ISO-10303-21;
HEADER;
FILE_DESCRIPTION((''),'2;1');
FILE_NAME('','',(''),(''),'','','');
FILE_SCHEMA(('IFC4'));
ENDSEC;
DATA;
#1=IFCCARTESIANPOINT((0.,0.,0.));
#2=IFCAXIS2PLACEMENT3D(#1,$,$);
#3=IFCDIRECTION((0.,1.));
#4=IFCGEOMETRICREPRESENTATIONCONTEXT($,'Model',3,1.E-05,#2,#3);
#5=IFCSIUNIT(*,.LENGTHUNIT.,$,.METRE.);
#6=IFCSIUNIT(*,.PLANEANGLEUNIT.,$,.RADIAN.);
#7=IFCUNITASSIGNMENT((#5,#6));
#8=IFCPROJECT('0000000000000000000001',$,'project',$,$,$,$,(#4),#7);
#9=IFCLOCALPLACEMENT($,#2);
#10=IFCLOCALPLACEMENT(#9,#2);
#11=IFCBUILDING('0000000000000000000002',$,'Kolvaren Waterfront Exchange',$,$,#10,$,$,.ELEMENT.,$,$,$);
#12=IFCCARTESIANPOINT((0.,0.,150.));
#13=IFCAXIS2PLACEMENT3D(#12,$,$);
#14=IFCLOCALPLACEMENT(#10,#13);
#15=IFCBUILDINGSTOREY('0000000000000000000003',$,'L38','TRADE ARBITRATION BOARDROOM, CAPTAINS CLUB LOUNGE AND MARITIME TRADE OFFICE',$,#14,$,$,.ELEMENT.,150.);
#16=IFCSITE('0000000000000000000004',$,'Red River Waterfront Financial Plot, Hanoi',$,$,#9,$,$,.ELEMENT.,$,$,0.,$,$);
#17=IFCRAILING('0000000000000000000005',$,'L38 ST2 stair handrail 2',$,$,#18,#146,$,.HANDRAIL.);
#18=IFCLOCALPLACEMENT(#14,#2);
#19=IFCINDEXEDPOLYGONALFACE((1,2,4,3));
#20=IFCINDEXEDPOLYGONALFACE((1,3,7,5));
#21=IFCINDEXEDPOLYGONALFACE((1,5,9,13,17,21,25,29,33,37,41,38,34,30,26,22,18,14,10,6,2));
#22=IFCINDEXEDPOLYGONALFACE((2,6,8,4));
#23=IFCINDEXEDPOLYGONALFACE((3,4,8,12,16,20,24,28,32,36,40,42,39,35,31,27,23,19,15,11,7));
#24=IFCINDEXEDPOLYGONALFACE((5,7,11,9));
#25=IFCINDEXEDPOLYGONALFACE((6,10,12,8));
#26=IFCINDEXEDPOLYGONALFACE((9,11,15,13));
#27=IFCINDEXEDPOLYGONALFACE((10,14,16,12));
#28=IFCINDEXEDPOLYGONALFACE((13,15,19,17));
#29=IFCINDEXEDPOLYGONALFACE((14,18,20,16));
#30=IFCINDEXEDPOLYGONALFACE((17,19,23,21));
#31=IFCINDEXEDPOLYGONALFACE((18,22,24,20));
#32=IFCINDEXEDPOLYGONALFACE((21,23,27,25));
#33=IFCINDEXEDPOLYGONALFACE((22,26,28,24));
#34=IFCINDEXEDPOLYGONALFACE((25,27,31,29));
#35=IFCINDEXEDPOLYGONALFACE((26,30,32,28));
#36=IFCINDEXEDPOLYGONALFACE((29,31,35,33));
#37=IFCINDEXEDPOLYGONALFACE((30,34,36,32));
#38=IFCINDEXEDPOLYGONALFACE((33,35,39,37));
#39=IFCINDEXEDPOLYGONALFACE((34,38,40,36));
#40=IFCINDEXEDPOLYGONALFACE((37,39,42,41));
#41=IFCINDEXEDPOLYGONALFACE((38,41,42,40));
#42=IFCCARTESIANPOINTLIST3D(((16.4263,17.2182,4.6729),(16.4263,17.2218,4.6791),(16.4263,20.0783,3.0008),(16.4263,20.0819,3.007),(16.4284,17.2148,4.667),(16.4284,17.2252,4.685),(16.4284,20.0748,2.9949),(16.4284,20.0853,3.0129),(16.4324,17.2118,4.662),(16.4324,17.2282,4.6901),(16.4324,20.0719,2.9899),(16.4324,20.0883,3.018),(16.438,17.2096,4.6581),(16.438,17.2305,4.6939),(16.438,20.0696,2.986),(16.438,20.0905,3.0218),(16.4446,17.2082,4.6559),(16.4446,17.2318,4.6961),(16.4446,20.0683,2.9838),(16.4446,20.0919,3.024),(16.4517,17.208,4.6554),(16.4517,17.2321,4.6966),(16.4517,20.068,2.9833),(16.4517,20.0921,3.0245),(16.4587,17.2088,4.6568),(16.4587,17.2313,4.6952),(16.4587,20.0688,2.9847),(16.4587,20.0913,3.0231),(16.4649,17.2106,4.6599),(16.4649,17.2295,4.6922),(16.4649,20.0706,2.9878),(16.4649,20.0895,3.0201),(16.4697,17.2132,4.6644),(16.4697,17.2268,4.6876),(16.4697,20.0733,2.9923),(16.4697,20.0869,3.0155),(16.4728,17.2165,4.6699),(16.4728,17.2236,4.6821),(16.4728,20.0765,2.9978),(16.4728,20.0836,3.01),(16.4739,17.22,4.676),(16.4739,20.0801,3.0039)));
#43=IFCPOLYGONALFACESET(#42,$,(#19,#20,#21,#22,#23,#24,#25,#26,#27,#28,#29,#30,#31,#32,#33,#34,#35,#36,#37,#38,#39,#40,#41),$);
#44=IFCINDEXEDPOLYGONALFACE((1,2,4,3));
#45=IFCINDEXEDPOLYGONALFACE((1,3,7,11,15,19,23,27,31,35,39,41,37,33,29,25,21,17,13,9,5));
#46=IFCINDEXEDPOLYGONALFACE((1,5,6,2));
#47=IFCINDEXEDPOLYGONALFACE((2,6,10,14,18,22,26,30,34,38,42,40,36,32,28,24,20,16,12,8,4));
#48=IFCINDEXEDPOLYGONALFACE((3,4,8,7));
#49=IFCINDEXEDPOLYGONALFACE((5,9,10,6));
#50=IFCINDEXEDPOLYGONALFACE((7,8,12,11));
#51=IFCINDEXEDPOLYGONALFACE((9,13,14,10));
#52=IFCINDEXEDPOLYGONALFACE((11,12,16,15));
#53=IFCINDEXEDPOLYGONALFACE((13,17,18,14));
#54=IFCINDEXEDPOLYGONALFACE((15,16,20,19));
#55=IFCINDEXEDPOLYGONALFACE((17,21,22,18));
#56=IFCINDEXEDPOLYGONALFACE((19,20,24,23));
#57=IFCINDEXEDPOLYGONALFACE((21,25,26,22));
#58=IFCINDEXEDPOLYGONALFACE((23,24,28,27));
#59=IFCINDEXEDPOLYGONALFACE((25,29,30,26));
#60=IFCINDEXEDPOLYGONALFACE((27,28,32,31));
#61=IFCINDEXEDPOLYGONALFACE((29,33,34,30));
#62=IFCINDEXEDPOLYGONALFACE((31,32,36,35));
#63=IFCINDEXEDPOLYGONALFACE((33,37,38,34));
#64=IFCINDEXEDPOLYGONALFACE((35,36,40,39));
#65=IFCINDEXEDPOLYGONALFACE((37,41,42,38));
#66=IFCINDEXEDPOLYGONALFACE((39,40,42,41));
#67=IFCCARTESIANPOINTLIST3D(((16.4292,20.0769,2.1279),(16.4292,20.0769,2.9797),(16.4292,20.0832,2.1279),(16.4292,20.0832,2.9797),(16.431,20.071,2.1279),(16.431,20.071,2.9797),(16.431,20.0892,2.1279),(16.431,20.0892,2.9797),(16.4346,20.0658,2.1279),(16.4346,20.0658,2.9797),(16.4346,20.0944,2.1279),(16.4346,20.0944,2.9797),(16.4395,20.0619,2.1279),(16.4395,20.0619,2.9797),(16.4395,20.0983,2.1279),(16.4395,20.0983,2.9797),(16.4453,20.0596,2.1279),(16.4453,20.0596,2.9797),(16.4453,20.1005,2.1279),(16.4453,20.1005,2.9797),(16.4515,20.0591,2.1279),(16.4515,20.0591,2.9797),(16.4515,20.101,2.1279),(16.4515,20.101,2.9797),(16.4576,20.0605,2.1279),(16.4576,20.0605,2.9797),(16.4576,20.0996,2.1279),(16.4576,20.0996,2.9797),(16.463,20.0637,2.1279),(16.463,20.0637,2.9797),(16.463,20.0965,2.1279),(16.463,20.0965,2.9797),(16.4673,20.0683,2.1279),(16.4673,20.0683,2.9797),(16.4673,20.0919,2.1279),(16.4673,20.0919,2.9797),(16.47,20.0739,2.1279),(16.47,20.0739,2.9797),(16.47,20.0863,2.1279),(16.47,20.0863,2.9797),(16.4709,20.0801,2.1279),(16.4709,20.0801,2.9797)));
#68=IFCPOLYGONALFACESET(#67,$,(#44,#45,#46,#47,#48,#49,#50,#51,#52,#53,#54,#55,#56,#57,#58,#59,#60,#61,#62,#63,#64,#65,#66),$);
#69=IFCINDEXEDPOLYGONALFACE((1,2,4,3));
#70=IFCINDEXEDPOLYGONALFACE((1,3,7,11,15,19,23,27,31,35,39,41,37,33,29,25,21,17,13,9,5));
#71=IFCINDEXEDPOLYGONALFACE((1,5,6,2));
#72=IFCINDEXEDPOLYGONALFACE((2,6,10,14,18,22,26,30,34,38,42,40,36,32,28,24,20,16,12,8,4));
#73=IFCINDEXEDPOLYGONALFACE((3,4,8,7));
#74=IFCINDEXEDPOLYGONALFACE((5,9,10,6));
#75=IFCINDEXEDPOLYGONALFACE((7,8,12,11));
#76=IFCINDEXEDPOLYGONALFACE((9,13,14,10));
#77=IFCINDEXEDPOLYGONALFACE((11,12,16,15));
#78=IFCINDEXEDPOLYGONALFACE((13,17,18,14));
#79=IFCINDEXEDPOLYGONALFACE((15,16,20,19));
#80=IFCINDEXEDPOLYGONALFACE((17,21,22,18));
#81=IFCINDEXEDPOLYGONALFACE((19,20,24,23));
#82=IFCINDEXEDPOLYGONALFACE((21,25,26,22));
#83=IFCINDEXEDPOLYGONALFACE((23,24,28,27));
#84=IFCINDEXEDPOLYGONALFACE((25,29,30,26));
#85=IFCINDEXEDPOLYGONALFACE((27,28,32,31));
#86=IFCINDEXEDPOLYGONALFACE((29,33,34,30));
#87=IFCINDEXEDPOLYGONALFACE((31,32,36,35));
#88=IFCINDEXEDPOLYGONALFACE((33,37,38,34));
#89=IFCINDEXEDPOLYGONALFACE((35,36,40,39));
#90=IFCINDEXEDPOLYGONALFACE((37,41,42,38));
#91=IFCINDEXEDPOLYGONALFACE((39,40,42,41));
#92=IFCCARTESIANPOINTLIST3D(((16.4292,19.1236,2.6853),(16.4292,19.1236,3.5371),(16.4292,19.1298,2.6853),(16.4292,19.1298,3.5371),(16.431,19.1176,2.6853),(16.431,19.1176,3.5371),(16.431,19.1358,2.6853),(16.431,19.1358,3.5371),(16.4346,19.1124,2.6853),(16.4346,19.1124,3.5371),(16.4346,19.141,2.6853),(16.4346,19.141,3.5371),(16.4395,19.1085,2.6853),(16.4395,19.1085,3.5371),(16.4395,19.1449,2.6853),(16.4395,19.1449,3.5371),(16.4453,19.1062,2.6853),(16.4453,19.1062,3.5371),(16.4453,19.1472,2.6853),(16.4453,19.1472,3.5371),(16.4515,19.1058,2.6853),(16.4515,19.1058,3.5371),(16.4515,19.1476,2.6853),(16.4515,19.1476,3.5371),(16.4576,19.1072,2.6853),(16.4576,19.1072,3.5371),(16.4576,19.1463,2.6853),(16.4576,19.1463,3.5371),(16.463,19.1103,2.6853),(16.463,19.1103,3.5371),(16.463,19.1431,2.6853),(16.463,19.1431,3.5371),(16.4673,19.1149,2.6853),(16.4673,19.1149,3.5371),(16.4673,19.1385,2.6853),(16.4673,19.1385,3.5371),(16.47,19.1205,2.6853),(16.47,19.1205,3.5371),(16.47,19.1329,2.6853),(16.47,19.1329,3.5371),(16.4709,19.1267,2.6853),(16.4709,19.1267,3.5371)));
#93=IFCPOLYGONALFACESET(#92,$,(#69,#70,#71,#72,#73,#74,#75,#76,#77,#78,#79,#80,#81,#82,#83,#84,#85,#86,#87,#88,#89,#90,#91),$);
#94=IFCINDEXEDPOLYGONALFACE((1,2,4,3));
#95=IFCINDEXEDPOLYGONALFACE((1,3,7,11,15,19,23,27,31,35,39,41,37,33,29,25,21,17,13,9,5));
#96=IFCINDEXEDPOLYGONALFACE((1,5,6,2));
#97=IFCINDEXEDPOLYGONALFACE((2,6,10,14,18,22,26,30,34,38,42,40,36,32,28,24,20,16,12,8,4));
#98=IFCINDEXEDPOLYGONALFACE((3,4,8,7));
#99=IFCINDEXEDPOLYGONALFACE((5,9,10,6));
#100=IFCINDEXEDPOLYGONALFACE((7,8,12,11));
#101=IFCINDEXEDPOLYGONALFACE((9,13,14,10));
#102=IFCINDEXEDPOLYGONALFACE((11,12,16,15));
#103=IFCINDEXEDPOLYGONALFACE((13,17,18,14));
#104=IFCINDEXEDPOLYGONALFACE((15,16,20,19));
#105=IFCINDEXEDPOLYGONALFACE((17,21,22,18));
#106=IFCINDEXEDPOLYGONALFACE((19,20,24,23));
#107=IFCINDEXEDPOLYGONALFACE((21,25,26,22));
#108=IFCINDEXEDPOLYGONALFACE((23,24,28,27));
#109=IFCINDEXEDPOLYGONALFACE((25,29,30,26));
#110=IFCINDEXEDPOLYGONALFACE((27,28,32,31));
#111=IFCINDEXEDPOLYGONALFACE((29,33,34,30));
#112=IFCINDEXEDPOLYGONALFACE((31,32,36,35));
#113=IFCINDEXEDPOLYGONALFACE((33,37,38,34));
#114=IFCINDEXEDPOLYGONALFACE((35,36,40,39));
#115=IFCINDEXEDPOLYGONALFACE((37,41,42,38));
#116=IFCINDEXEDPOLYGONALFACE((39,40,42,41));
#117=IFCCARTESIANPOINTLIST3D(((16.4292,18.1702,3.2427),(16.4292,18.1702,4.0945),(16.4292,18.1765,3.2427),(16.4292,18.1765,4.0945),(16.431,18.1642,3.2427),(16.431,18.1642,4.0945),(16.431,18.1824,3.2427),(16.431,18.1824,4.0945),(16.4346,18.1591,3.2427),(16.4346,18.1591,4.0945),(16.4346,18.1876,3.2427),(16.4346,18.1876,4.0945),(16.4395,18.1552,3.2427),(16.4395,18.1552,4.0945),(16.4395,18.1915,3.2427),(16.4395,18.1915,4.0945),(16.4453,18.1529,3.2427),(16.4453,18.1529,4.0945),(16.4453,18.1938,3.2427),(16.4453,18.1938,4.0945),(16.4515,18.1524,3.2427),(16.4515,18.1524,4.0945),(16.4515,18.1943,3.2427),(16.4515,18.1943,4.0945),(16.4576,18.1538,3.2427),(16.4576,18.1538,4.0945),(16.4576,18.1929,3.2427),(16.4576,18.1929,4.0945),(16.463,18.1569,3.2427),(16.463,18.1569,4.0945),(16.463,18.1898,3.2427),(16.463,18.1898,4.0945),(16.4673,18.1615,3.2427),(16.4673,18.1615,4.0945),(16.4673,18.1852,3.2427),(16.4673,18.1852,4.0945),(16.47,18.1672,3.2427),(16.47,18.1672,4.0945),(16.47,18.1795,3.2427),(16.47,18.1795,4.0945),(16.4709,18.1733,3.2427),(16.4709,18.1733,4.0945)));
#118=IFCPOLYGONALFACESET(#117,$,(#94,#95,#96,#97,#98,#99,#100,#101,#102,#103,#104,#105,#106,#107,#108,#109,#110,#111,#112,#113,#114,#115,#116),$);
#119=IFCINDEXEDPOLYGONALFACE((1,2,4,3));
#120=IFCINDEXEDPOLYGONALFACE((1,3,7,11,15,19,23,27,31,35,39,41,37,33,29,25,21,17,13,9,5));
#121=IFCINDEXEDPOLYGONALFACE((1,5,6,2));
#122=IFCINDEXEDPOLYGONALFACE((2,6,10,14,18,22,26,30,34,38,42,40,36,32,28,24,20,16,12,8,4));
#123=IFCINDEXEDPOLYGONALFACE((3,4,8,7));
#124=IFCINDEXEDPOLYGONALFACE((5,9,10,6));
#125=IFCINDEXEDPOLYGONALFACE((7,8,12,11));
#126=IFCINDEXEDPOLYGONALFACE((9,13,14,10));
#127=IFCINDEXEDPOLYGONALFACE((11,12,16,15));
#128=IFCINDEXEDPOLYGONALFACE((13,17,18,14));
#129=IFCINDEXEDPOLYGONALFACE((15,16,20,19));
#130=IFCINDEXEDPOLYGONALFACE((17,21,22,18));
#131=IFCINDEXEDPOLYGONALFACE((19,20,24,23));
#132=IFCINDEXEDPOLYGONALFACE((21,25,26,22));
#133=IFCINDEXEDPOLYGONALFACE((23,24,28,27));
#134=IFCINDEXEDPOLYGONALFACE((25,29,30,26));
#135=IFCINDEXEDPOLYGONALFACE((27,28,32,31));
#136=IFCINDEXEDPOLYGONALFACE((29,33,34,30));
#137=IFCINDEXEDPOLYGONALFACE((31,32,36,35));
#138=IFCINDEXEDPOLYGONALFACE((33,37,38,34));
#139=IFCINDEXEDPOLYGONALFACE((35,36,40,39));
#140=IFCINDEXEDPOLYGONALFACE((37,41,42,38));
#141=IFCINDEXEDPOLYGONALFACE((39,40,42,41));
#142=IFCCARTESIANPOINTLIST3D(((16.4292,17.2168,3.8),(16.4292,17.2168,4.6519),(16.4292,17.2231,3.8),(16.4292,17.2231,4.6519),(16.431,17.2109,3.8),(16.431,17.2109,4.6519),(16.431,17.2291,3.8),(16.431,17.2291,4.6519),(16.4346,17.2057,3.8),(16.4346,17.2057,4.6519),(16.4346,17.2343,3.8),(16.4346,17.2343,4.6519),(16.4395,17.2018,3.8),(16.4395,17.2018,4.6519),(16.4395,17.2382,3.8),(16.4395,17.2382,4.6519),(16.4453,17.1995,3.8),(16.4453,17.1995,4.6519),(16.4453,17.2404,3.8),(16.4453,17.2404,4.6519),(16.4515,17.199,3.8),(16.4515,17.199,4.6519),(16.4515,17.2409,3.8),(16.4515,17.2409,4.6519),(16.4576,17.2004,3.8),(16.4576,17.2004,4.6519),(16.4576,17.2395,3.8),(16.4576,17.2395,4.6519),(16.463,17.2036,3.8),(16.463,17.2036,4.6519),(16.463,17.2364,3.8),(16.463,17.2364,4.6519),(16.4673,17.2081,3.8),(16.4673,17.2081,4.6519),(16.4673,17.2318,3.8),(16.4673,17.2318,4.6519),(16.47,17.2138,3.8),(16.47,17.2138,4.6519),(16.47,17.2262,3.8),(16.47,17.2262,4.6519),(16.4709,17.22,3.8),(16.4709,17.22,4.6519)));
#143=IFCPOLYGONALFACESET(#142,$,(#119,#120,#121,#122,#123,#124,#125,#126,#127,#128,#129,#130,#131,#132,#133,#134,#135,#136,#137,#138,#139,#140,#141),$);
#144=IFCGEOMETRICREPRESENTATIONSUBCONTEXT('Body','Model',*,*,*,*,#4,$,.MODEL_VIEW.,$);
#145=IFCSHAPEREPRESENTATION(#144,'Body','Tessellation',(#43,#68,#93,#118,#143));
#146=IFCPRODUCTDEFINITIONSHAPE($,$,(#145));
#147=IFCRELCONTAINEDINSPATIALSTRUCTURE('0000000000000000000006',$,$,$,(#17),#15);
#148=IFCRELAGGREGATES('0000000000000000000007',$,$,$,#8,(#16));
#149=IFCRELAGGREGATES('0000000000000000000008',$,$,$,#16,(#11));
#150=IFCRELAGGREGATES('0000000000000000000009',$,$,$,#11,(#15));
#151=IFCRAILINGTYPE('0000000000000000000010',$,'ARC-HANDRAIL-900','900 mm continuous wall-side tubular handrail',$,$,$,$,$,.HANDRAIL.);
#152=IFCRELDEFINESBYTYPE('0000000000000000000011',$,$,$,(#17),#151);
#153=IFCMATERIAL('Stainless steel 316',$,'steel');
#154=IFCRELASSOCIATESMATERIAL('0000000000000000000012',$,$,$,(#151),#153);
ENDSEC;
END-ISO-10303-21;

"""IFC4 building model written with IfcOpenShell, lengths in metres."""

from ifc_helpers import new_model, si_unit, direction, frame, origin, origin_2d, place, context, subcontext, project, spatial, circle, extrude, material, type_object, element, save


model = new_model("IFC4")

# Units and contexts
model_context = context("Model", 3, precision=1e-05, world=origin(), true_north=direction((0.0, 1.0)))
body_context = subcontext(model_context, "Body", "Model", "MODEL_VIEW")
ifc_project = project(units=[si_unit("LENGTHUNIT", "METRE"), si_unit("PLANEANGLEUNIT", "RADIAN")], contexts=[model_context])

# Site, building, storey
site_placement = place(None, origin())
site = spatial("IfcSite", under=ifc_project, at=site_placement, Name="Red River Waterfront Financial Plot, Hanoi", CompositionType="ELEMENT", RefElevation=0.0)
building_placement = place(site_placement, origin())
building = spatial("IfcBuilding", under=site, at=building_placement, Name="Kolvaren Waterfront Exchange", CompositionType="ELEMENT")
storey_placement = place(building_placement, frame((0.0, 0.0, 150.0)))
storey = spatial("IfcBuildingStorey", under=building, at=storey_placement, Name="L38", Description="TRADE ARBITRATION BOARDROOM, CAPTAINS CLUB LOUNGE AND MARITIME TRADE OFFICE", CompositionType="ELEMENT", Elevation=150.0)

# Railing
ifc_material_1 = material(Name="Stainless steel 316", Category="steel")
railing_type_1 = type_object("IfcRailingType", Name="ARC-HANDRAIL-900", Description="900 mm continuous wall-side tubular handrail", PredefinedType="HANDRAIL", material=ifc_material_1)
railing_1_placement = place(storey_placement, frame((16.45, 20.0801, 2.1279)))
element("IfcRailing", 1, at=railing_1_placement, inside=storey, type_object=railing_type_1, Name="L38 ST2 stair handrail 2", PredefinedType="HANDRAIL", context=body_context, shape_type="SweptSolid", body=[
    extrude(circle(Radius=0.0239, at=origin_2d()), frame((0.0, 0.0, 0.876), z_axis=(0.0, -0.863289, 0.504709), x_axis=(1.0, 0.0, 0.0)), (0.0, 0.0, 1.0), 3.313),
    extrude(circle(Radius=0.021, at=origin_2d()), origin(), (0.0, 0.0, 1.0), 0.8518),
    extrude(circle(Radius=0.021, at=origin_2d()), frame((0.0, -0.9534, 0.5574)), (0.0, 0.0, 1.0), 0.8518),
    extrude(circle(Radius=0.021, at=origin_2d()), frame((0.0, -1.9067, 1.1147)), (0.0, 0.0, 1.0), 0.8518),
    extrude(circle(Radius=0.021, at=origin_2d()), frame((0.0, -2.8601, 1.6721)), (0.0, 0.0, 1.0), 0.8518),
])

save(model, "model.ifc")
